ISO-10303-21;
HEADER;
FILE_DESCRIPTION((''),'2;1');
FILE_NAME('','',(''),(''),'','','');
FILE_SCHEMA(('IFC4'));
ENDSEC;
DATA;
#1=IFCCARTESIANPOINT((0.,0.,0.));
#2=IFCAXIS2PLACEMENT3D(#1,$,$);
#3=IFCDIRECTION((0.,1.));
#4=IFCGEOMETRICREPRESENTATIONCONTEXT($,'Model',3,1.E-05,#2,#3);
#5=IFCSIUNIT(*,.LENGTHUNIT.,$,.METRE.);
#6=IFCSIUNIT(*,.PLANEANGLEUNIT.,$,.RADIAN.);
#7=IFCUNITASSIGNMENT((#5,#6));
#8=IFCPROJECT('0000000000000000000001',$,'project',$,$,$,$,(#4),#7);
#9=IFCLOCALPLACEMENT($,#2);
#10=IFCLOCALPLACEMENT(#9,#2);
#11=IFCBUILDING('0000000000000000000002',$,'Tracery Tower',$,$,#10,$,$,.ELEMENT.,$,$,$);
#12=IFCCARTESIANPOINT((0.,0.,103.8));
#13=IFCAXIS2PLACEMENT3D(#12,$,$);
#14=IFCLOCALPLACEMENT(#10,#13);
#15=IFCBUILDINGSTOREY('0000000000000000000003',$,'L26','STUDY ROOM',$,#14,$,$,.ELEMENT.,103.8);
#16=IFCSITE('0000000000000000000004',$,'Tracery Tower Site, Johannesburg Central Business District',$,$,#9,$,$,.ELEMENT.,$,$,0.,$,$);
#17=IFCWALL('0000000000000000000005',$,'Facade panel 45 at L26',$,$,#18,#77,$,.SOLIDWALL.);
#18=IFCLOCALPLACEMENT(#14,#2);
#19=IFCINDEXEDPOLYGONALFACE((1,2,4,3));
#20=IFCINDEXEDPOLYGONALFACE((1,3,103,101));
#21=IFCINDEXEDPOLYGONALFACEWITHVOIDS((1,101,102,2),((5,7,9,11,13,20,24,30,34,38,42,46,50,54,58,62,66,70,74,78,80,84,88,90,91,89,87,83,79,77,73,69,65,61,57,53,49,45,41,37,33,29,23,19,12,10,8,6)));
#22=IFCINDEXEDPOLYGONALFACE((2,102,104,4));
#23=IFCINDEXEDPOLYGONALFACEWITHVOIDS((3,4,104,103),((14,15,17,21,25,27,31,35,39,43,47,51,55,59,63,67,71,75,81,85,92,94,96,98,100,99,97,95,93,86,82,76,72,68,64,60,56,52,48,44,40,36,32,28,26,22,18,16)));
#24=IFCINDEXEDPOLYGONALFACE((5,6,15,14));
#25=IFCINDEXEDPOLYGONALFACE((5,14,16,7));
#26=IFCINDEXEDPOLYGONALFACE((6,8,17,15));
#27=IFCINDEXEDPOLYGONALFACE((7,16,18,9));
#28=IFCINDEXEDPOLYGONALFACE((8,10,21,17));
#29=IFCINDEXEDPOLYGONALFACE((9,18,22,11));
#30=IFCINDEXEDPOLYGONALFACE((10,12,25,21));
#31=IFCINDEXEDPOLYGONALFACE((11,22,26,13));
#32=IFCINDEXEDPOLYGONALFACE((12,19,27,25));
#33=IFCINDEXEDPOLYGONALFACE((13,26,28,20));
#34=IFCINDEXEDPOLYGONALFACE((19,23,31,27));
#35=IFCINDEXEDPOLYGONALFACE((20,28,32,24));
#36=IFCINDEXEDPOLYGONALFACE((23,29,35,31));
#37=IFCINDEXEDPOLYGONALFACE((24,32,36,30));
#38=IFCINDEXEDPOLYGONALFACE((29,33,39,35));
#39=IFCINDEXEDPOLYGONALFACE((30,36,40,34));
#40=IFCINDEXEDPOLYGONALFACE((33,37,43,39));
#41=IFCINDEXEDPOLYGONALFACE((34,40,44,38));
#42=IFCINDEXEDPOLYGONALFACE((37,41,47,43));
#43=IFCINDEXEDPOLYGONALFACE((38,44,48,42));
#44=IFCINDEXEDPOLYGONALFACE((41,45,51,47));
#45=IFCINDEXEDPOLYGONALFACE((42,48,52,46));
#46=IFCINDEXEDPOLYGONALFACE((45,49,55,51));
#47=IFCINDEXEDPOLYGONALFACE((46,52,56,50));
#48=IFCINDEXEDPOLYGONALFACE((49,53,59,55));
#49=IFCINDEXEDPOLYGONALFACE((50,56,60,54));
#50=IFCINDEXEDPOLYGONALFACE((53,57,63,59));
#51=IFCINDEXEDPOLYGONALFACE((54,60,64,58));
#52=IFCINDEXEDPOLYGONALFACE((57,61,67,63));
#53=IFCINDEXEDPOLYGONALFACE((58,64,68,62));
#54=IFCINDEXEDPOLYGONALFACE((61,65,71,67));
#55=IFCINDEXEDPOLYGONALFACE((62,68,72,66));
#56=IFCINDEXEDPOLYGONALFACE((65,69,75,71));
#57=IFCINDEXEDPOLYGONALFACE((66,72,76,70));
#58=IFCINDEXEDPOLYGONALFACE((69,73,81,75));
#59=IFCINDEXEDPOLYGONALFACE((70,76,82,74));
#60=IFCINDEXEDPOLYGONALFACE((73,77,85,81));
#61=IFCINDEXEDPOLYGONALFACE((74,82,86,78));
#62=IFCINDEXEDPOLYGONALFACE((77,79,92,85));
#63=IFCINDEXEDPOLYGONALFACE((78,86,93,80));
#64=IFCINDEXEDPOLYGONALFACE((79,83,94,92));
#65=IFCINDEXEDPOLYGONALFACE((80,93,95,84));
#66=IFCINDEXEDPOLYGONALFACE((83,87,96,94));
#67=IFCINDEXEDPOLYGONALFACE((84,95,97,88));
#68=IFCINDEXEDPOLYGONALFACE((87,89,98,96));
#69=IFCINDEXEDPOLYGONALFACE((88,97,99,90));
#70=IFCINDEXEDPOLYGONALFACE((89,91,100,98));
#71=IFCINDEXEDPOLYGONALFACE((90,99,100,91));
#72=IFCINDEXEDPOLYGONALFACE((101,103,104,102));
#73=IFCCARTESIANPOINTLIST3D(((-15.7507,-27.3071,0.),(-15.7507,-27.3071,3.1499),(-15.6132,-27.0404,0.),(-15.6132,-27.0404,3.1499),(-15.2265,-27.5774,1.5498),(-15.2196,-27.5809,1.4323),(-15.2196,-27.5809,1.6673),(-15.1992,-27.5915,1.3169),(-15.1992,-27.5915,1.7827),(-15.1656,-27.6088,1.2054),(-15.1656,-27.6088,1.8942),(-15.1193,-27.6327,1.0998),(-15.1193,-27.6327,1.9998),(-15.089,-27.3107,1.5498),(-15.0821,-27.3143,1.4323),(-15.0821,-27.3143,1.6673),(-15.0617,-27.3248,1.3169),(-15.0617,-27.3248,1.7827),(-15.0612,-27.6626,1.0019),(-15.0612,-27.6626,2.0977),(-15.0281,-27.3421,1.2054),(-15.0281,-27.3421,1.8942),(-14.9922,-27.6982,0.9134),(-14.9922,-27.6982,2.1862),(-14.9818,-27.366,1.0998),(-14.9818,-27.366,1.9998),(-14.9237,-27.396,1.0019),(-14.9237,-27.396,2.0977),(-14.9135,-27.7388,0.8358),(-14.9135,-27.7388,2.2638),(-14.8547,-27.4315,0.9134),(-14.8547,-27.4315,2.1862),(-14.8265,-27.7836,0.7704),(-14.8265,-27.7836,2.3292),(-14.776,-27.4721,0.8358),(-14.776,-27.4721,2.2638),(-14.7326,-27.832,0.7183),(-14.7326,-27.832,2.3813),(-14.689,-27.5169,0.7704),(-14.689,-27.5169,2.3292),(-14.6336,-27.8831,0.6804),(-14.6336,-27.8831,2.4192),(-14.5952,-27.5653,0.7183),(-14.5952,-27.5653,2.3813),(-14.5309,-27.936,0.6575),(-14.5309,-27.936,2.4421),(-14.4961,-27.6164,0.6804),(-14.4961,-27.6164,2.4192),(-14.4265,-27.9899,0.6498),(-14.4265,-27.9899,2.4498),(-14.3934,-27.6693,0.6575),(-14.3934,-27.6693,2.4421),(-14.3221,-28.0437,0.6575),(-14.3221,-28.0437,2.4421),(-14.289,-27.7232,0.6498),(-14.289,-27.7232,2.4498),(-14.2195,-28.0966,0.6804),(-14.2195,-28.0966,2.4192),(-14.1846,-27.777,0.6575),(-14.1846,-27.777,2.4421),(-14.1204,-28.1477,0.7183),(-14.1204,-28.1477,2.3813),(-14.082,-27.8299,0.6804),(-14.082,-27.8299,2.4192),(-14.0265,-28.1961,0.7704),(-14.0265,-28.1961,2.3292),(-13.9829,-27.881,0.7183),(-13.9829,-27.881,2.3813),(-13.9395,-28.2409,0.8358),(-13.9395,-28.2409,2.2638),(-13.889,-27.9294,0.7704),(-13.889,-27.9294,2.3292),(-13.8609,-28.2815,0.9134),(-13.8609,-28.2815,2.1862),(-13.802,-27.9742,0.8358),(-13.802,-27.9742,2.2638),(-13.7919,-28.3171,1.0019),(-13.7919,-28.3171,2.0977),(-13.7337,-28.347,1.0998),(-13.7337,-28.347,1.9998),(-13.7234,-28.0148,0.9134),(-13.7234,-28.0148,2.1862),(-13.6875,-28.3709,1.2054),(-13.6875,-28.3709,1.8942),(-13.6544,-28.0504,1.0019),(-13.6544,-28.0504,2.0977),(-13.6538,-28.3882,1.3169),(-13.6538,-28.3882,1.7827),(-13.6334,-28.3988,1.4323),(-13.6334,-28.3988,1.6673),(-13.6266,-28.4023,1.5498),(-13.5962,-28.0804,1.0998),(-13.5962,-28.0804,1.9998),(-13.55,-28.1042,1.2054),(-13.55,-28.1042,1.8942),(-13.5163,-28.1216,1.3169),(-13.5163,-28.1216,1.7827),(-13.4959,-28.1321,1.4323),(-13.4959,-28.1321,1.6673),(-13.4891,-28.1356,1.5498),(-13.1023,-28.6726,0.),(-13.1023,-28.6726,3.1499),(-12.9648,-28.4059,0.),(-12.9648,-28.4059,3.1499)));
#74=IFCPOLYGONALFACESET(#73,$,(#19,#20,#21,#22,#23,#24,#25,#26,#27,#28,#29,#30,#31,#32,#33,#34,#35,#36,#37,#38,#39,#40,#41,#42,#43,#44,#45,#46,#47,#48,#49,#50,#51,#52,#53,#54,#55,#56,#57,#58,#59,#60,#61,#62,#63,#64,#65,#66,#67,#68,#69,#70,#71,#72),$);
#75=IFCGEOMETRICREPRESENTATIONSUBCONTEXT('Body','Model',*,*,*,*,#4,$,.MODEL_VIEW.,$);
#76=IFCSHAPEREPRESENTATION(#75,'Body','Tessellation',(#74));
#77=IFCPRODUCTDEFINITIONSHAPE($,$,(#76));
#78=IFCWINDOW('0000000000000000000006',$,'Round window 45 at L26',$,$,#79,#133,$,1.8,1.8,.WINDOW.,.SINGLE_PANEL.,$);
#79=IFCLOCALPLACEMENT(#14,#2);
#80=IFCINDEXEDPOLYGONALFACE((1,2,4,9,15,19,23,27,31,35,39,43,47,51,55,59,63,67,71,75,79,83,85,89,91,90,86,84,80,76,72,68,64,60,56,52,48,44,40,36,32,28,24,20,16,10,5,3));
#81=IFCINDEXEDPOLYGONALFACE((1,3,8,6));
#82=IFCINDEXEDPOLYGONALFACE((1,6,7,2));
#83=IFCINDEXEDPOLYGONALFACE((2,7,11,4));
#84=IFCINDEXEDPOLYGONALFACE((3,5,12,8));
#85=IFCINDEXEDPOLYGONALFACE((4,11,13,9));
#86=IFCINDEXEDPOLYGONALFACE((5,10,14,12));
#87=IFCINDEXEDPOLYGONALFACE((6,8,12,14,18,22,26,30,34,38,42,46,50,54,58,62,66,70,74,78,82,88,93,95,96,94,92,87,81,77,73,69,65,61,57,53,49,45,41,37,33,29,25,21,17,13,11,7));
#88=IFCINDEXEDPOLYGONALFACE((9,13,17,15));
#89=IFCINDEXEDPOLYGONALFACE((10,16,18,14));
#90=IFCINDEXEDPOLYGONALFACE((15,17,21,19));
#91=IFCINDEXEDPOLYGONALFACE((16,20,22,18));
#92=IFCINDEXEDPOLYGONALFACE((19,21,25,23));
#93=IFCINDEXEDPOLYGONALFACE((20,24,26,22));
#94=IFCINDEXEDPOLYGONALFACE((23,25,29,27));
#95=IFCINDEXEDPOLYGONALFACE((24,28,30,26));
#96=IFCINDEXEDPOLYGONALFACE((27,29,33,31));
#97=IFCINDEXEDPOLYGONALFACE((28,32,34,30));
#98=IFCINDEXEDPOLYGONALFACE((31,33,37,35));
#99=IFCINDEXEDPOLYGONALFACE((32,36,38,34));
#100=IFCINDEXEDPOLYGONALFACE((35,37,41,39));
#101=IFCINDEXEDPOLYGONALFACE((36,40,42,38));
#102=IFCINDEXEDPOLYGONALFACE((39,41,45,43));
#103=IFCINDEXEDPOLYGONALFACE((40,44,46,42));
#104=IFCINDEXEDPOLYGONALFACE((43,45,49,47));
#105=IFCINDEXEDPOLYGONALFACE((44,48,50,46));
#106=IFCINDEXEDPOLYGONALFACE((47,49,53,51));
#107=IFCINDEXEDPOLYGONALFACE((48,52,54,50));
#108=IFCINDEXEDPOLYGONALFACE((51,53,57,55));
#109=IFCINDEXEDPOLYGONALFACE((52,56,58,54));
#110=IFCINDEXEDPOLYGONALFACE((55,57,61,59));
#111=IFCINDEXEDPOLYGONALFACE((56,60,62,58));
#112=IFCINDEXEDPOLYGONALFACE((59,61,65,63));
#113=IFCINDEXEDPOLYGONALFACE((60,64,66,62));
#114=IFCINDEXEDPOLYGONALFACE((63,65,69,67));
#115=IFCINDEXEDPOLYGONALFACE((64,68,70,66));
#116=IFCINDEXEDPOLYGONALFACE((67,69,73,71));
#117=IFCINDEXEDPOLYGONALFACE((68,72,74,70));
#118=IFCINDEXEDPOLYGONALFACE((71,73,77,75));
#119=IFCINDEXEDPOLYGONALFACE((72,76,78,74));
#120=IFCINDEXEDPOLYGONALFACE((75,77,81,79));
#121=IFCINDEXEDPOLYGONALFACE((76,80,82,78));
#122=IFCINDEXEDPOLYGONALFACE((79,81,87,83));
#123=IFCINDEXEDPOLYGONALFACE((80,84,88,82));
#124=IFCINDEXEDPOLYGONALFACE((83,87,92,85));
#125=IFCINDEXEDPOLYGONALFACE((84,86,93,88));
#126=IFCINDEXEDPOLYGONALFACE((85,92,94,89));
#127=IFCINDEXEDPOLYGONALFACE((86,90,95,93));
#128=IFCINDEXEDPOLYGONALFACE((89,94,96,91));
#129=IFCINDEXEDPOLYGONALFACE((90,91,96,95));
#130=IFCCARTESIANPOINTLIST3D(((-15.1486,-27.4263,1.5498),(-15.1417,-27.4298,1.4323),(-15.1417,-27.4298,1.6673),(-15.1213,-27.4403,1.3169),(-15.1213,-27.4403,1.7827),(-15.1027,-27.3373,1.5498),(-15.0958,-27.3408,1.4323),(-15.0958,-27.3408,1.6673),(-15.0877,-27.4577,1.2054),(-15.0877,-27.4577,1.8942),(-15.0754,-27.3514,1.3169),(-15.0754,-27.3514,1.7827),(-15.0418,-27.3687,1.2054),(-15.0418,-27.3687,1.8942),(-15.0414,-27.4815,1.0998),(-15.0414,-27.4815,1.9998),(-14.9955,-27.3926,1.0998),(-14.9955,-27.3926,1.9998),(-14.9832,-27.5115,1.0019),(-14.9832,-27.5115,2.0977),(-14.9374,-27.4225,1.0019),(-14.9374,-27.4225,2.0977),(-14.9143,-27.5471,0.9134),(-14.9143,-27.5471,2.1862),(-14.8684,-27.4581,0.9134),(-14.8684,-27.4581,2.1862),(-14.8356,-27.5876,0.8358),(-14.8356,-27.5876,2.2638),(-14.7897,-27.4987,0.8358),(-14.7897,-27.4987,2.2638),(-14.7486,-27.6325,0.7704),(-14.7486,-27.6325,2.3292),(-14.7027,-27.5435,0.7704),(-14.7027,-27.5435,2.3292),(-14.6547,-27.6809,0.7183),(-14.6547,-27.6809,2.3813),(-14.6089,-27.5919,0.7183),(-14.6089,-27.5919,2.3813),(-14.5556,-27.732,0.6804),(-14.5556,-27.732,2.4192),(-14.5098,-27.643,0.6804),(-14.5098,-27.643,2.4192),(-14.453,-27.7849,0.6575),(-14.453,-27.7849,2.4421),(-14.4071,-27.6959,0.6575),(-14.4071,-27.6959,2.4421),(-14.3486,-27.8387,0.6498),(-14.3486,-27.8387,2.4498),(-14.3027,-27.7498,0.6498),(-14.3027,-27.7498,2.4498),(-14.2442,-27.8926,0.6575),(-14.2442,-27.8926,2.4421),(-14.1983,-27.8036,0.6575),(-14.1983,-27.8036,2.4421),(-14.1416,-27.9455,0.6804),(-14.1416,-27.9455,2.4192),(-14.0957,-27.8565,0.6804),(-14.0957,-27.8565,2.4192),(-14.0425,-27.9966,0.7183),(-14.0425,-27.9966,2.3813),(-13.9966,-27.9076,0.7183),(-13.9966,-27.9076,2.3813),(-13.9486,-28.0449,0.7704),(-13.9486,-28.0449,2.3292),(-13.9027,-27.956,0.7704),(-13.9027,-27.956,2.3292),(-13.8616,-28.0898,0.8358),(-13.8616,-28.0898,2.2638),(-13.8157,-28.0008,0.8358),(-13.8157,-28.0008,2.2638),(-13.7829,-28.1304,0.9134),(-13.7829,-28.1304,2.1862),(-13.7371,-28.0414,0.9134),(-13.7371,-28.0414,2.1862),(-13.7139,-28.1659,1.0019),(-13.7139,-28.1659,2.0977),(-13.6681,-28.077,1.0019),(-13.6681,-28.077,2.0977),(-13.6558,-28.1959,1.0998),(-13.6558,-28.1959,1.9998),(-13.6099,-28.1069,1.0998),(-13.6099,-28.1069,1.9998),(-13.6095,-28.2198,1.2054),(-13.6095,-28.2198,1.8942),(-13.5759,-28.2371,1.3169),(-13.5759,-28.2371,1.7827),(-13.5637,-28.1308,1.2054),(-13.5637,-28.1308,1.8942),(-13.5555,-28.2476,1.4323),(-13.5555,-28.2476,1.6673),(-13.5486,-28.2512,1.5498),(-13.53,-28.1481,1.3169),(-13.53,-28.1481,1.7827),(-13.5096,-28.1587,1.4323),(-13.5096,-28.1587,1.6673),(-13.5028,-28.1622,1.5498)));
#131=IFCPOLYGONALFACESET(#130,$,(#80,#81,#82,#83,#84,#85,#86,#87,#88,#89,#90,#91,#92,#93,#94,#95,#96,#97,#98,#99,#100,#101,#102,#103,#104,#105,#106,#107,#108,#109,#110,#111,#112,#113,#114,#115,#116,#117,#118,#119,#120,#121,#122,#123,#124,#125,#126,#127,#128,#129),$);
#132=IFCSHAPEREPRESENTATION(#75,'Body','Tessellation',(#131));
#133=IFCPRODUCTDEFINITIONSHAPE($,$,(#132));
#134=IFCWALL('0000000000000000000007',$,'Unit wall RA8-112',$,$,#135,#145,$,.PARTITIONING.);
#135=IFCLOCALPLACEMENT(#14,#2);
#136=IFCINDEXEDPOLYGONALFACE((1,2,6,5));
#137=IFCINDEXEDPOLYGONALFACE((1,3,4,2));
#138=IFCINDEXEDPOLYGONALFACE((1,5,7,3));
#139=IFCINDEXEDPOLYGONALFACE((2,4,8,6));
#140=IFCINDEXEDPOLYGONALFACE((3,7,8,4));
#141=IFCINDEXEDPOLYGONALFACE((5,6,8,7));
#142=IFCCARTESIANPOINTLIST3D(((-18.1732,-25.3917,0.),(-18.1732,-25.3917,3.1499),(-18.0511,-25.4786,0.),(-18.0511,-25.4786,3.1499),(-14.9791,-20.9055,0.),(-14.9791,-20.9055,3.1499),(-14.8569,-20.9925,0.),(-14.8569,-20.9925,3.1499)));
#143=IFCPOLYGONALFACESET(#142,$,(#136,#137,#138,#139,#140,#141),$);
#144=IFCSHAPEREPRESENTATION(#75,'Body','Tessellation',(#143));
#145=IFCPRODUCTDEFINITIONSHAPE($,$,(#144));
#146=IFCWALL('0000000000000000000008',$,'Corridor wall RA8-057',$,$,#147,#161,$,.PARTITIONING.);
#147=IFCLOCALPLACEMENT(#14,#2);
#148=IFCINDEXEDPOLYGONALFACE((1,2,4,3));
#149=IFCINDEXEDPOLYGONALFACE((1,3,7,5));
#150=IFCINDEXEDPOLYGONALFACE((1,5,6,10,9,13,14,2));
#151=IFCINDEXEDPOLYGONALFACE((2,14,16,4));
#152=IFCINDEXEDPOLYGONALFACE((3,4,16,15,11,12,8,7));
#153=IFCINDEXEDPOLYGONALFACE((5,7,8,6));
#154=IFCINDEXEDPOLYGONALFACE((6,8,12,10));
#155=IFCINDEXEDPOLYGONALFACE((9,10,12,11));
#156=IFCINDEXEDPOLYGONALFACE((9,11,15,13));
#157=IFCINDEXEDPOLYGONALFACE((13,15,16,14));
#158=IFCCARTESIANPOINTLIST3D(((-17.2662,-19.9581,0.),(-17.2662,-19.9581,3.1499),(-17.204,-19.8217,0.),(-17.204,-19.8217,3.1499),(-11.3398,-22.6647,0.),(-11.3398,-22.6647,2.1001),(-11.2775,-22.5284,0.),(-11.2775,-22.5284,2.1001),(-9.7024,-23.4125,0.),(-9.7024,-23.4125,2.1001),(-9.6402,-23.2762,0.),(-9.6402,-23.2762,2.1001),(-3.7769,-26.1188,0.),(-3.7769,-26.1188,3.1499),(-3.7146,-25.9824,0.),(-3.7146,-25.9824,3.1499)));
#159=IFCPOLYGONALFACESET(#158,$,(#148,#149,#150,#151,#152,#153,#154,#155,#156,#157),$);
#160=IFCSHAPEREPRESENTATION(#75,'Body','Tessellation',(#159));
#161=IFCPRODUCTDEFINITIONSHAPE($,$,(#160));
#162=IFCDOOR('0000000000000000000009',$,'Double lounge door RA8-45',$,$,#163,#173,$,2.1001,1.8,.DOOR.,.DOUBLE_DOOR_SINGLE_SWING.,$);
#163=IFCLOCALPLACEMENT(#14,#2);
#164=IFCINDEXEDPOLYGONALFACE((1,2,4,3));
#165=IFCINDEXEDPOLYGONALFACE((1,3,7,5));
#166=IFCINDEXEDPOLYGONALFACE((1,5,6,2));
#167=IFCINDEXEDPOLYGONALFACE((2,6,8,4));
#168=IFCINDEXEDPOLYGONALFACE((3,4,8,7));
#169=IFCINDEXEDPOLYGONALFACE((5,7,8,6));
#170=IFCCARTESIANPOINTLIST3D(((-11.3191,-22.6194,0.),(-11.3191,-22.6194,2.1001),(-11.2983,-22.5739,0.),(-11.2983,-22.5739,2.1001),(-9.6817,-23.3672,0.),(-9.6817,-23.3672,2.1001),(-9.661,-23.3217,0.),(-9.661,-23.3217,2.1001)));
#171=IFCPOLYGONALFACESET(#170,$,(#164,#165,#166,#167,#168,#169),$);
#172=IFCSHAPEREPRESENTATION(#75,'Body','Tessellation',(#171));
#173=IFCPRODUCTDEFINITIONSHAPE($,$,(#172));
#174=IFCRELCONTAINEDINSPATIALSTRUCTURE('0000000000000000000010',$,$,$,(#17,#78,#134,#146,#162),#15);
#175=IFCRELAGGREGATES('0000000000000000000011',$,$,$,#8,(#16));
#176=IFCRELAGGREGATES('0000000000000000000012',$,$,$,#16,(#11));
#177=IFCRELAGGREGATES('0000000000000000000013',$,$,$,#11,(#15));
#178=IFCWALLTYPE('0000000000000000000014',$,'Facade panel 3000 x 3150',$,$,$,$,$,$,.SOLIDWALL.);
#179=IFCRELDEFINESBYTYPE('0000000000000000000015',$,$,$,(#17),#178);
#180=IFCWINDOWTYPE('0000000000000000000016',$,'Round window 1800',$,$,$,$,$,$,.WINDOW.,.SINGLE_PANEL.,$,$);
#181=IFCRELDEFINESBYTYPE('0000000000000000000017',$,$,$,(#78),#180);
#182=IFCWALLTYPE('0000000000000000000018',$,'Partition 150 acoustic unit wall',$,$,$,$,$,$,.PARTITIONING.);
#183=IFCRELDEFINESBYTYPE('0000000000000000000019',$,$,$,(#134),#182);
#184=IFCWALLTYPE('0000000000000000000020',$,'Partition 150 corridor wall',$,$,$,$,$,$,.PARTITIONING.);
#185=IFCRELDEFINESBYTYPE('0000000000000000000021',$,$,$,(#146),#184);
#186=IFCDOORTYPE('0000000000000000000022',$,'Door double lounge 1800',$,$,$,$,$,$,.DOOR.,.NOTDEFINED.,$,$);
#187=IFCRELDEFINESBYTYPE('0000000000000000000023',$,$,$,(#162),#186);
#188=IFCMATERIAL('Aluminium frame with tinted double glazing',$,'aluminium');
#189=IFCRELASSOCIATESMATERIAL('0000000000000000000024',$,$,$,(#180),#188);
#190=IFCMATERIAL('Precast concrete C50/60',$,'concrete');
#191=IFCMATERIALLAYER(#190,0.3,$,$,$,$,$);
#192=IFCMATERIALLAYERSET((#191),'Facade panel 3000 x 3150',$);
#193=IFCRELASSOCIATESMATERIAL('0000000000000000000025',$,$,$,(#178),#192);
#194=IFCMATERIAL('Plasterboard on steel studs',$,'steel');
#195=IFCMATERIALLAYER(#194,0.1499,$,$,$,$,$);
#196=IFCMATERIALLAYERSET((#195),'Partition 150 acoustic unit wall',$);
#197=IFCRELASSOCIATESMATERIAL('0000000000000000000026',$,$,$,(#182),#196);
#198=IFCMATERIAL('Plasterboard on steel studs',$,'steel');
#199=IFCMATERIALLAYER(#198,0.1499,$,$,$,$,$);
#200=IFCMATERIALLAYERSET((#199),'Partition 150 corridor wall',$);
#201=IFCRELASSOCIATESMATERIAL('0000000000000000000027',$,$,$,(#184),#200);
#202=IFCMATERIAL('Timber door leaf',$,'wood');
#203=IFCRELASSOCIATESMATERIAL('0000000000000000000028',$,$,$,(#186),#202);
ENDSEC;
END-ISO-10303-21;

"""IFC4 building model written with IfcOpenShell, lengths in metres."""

from ifc_helpers import new_model, si_unit, direction, frame, frame_2d, origin, origin_2d, place, context, subcontext, project, spatial, rectangle, circle, extrude, material, layer, layer_set, type_object, element, fill, save


model = new_model("IFC4")

# Units and contexts
model_context = context("Model", 3, precision=1e-05, world=origin(), true_north=direction((0.0, 1.0)))
body_context = subcontext(model_context, "Body", "Model", "MODEL_VIEW")
ifc_project = project(units=[si_unit("LENGTHUNIT", "METRE"), si_unit("PLANEANGLEUNIT", "RADIAN")], contexts=[model_context])

# Site, building, storey
site_placement = place(None, origin())
site = spatial("IfcSite", under=ifc_project, at=site_placement, Name="Tracery Tower Site, Johannesburg Central Business District", CompositionType="ELEMENT", RefElevation=0.0)
building_placement = place(site_placement, origin())
building = spatial("IfcBuilding", under=site, at=building_placement, Name="Tracery Tower", CompositionType="ELEMENT")
storey_placement = place(building_placement, frame((0.0, 0.0, 103.8)))
storey = spatial("IfcBuildingStorey", under=building, at=storey_placement, Name="L26", Description="STUDY ROOM", CompositionType="ELEMENT", Elevation=103.8)

# Wall, opening, window
ifc_material_1 = material(Name="Aluminium frame with tinted double glazing", Category="aluminium")
window_type = type_object("IfcWindowType", Name="Round window 1800", PartitioningType="SINGLE_PANEL", PredefinedType="WINDOW", material=ifc_material_1)
ifc_material_2 = material(Name="Precast concrete C50/60", Category="concrete")
ifc_layer_1 = layer(ifc_material_2, 0.3)
ifc_layer_set_1 = layer_set([ifc_layer_1], Name="Facade panel 3000 x 3150")
wall_type_1 = type_object("IfcWallType", Name="Facade panel 3000 x 3150", PredefinedType="SOLIDWALL", material=ifc_layer_set_1)
wall_1_placement = place(storey_placement, frame((-15.6819, -27.1738, 0.0), z_axis=(0.0, 0.0, 1.0), x_axis=(0.88882, -0.458257, 0.0)))
wall_1 = element("IfcWall", 1, at=wall_1_placement, inside=storey, type_object=wall_type_1, Name="Facade panel 45 at L26", PredefinedType="SOLIDWALL", context=body_context, shape_type="SweptSolid", body=[
    extrude(rectangle(XDim=2.9797, YDim=0.3, at=frame_2d((1.4897, 0.0))), origin(), (0.0, 0.0, 1.0), 3.1499),
])
opening_1_placement = place(wall_1_placement, frame((1.4897, 0.0, 1.5498)))
opening_1 = element("IfcOpeningElement", 2, at=opening_1_placement, cuts=wall_1, PredefinedType="OPENING", context=body_context, shape_type="SweptSolid", body=[
    extrude(circle(Radius=0.9, at=origin_2d()), frame((0.0, 0.1599, 0.0), z_axis=(0.0, -1.0, 0.0), x_axis=(1.0, 0.0, 0.0)), (0.0, 0.0, 1.0), 0.3201),
])
window_1_placement = place(opening_1_placement, origin())
window_1 = element("IfcWindow", 3, at=window_1_placement, inside=storey, type_object=window_type, Name="Round window 45 at L26", OverallHeight=1.8, OverallWidth=1.8, PartitioningType="SINGLE_PANEL", PredefinedType="WINDOW", context=body_context, shape_type="SweptSolid", body=[
    extrude(circle(Radius=0.9, at=origin_2d()), frame((0.0, 0.1201, 0.0), z_axis=(0.0, -1.0, 0.0), x_axis=(1.0, 0.0, 0.0)), (0.0, 0.0, 1.0), 0.1001),
])
fill(opening_1, window_1)

# Wall
ifc_material_3 = material(Name="Plasterboard on steel studs", Category="steel")
ifc_layer_2 = layer(ifc_material_3, 0.1499)
ifc_layer_set_2 = layer_set([ifc_layer_2], Name="Partition 150 acoustic unit wall")
wall_type_2 = type_object("IfcWallType", Name="Partition 150 acoustic unit wall", PredefinedType="PARTITIONING", material=ifc_layer_set_2)
wall_2_placement = place(storey_placement, frame((-18.1121, -25.4351, 0.0), z_axis=(0.0, 0.0, 1.0), x_axis=(0.580005, 0.814613, 0.0)))
element("IfcWall", 4, at=wall_2_placement, inside=storey, type_object=wall_type_2, Name="Unit wall RA8-112", PredefinedType="PARTITIONING", context=body_context, shape_type="SweptSolid", body=[
    extrude(rectangle(XDim=5.5071, YDim=0.1499, at=frame_2d((2.7534, 0.0))), origin(), (0.0, 0.0, 1.0), 3.1499),
])

# Wall, opening, door
ifc_material_4 = material(Name="Plasterboard on steel studs", Category="steel")
ifc_layer_3 = layer(ifc_material_4, 0.1499)
ifc_layer_set_3 = layer_set([ifc_layer_3], Name="Partition 150 corridor wall")
wall_type_3 = type_object("IfcWallType", Name="Partition 150 corridor wall", PredefinedType="PARTITIONING", material=ifc_layer_set_3)
wall_3_placement = place(storey_placement, frame((-17.2351, -19.8899, 0.0), z_axis=(0.0, 0.0, 1.0), x_axis=(0.909624, -0.415432, 0.0)))
wall_3 = element("IfcWall", 5, at=wall_3_placement, inside=storey, type_object=wall_type_3, Name="Corridor wall RA8-057", PredefinedType="PARTITIONING", context=body_context, shape_type="SweptSolid", body=[
    extrude(rectangle(XDim=14.8296, YDim=0.1499, at=frame_2d((7.4148, 0.0))), origin(), (0.0, 0.0, 1.0), 3.1499),
])
opening_2_placement = place(wall_3_placement, frame((6.5154, 0.0, 0.0)))
opening_2 = element("IfcOpeningElement", 6, at=opening_2_placement, cuts=wall_3, PredefinedType="OPENING", context=body_context, shape_type="SweptSolid", body=[
    extrude(rectangle(XDim=1.8, YDim=2.1001, at=frame_2d((0.8999, 1.05))), frame((0.0, 0.075, 0.0), z_axis=(0.0, -1.0, 0.0), x_axis=(1.0, 0.0, 0.0)), (0.0, 0.0, 1.0), 0.1499),
])
ifc_material_5 = material(Name="Timber door leaf", Category="wood")
door_type = type_object("IfcDoorType", Name="Door double lounge 1800", OperationType="NOTDEFINED", PredefinedType="DOOR", material=ifc_material_5)
door_placement = place(opening_2_placement, origin())
door = element("IfcDoor", 7, at=door_placement, inside=storey, type_object=door_type, Name="Double lounge door RA8-45", OperationType="DOUBLE_DOOR_SINGLE_SWING", OverallHeight=2.1001, OverallWidth=1.8, PredefinedType="DOOR", context=body_context, shape_type="SweptSolid", body=[
    extrude(rectangle(XDim=1.8, YDim=2.1001, at=frame_2d((0.8999, 1.05))), frame((0.0, 0.0249, 0.0), z_axis=(0.0, -1.0, 0.0), x_axis=(1.0, 0.0, 0.0)), (0.0, 0.0, 1.0), 0.05),
])
fill(opening_2, door)

save(model, "model.ifc")
